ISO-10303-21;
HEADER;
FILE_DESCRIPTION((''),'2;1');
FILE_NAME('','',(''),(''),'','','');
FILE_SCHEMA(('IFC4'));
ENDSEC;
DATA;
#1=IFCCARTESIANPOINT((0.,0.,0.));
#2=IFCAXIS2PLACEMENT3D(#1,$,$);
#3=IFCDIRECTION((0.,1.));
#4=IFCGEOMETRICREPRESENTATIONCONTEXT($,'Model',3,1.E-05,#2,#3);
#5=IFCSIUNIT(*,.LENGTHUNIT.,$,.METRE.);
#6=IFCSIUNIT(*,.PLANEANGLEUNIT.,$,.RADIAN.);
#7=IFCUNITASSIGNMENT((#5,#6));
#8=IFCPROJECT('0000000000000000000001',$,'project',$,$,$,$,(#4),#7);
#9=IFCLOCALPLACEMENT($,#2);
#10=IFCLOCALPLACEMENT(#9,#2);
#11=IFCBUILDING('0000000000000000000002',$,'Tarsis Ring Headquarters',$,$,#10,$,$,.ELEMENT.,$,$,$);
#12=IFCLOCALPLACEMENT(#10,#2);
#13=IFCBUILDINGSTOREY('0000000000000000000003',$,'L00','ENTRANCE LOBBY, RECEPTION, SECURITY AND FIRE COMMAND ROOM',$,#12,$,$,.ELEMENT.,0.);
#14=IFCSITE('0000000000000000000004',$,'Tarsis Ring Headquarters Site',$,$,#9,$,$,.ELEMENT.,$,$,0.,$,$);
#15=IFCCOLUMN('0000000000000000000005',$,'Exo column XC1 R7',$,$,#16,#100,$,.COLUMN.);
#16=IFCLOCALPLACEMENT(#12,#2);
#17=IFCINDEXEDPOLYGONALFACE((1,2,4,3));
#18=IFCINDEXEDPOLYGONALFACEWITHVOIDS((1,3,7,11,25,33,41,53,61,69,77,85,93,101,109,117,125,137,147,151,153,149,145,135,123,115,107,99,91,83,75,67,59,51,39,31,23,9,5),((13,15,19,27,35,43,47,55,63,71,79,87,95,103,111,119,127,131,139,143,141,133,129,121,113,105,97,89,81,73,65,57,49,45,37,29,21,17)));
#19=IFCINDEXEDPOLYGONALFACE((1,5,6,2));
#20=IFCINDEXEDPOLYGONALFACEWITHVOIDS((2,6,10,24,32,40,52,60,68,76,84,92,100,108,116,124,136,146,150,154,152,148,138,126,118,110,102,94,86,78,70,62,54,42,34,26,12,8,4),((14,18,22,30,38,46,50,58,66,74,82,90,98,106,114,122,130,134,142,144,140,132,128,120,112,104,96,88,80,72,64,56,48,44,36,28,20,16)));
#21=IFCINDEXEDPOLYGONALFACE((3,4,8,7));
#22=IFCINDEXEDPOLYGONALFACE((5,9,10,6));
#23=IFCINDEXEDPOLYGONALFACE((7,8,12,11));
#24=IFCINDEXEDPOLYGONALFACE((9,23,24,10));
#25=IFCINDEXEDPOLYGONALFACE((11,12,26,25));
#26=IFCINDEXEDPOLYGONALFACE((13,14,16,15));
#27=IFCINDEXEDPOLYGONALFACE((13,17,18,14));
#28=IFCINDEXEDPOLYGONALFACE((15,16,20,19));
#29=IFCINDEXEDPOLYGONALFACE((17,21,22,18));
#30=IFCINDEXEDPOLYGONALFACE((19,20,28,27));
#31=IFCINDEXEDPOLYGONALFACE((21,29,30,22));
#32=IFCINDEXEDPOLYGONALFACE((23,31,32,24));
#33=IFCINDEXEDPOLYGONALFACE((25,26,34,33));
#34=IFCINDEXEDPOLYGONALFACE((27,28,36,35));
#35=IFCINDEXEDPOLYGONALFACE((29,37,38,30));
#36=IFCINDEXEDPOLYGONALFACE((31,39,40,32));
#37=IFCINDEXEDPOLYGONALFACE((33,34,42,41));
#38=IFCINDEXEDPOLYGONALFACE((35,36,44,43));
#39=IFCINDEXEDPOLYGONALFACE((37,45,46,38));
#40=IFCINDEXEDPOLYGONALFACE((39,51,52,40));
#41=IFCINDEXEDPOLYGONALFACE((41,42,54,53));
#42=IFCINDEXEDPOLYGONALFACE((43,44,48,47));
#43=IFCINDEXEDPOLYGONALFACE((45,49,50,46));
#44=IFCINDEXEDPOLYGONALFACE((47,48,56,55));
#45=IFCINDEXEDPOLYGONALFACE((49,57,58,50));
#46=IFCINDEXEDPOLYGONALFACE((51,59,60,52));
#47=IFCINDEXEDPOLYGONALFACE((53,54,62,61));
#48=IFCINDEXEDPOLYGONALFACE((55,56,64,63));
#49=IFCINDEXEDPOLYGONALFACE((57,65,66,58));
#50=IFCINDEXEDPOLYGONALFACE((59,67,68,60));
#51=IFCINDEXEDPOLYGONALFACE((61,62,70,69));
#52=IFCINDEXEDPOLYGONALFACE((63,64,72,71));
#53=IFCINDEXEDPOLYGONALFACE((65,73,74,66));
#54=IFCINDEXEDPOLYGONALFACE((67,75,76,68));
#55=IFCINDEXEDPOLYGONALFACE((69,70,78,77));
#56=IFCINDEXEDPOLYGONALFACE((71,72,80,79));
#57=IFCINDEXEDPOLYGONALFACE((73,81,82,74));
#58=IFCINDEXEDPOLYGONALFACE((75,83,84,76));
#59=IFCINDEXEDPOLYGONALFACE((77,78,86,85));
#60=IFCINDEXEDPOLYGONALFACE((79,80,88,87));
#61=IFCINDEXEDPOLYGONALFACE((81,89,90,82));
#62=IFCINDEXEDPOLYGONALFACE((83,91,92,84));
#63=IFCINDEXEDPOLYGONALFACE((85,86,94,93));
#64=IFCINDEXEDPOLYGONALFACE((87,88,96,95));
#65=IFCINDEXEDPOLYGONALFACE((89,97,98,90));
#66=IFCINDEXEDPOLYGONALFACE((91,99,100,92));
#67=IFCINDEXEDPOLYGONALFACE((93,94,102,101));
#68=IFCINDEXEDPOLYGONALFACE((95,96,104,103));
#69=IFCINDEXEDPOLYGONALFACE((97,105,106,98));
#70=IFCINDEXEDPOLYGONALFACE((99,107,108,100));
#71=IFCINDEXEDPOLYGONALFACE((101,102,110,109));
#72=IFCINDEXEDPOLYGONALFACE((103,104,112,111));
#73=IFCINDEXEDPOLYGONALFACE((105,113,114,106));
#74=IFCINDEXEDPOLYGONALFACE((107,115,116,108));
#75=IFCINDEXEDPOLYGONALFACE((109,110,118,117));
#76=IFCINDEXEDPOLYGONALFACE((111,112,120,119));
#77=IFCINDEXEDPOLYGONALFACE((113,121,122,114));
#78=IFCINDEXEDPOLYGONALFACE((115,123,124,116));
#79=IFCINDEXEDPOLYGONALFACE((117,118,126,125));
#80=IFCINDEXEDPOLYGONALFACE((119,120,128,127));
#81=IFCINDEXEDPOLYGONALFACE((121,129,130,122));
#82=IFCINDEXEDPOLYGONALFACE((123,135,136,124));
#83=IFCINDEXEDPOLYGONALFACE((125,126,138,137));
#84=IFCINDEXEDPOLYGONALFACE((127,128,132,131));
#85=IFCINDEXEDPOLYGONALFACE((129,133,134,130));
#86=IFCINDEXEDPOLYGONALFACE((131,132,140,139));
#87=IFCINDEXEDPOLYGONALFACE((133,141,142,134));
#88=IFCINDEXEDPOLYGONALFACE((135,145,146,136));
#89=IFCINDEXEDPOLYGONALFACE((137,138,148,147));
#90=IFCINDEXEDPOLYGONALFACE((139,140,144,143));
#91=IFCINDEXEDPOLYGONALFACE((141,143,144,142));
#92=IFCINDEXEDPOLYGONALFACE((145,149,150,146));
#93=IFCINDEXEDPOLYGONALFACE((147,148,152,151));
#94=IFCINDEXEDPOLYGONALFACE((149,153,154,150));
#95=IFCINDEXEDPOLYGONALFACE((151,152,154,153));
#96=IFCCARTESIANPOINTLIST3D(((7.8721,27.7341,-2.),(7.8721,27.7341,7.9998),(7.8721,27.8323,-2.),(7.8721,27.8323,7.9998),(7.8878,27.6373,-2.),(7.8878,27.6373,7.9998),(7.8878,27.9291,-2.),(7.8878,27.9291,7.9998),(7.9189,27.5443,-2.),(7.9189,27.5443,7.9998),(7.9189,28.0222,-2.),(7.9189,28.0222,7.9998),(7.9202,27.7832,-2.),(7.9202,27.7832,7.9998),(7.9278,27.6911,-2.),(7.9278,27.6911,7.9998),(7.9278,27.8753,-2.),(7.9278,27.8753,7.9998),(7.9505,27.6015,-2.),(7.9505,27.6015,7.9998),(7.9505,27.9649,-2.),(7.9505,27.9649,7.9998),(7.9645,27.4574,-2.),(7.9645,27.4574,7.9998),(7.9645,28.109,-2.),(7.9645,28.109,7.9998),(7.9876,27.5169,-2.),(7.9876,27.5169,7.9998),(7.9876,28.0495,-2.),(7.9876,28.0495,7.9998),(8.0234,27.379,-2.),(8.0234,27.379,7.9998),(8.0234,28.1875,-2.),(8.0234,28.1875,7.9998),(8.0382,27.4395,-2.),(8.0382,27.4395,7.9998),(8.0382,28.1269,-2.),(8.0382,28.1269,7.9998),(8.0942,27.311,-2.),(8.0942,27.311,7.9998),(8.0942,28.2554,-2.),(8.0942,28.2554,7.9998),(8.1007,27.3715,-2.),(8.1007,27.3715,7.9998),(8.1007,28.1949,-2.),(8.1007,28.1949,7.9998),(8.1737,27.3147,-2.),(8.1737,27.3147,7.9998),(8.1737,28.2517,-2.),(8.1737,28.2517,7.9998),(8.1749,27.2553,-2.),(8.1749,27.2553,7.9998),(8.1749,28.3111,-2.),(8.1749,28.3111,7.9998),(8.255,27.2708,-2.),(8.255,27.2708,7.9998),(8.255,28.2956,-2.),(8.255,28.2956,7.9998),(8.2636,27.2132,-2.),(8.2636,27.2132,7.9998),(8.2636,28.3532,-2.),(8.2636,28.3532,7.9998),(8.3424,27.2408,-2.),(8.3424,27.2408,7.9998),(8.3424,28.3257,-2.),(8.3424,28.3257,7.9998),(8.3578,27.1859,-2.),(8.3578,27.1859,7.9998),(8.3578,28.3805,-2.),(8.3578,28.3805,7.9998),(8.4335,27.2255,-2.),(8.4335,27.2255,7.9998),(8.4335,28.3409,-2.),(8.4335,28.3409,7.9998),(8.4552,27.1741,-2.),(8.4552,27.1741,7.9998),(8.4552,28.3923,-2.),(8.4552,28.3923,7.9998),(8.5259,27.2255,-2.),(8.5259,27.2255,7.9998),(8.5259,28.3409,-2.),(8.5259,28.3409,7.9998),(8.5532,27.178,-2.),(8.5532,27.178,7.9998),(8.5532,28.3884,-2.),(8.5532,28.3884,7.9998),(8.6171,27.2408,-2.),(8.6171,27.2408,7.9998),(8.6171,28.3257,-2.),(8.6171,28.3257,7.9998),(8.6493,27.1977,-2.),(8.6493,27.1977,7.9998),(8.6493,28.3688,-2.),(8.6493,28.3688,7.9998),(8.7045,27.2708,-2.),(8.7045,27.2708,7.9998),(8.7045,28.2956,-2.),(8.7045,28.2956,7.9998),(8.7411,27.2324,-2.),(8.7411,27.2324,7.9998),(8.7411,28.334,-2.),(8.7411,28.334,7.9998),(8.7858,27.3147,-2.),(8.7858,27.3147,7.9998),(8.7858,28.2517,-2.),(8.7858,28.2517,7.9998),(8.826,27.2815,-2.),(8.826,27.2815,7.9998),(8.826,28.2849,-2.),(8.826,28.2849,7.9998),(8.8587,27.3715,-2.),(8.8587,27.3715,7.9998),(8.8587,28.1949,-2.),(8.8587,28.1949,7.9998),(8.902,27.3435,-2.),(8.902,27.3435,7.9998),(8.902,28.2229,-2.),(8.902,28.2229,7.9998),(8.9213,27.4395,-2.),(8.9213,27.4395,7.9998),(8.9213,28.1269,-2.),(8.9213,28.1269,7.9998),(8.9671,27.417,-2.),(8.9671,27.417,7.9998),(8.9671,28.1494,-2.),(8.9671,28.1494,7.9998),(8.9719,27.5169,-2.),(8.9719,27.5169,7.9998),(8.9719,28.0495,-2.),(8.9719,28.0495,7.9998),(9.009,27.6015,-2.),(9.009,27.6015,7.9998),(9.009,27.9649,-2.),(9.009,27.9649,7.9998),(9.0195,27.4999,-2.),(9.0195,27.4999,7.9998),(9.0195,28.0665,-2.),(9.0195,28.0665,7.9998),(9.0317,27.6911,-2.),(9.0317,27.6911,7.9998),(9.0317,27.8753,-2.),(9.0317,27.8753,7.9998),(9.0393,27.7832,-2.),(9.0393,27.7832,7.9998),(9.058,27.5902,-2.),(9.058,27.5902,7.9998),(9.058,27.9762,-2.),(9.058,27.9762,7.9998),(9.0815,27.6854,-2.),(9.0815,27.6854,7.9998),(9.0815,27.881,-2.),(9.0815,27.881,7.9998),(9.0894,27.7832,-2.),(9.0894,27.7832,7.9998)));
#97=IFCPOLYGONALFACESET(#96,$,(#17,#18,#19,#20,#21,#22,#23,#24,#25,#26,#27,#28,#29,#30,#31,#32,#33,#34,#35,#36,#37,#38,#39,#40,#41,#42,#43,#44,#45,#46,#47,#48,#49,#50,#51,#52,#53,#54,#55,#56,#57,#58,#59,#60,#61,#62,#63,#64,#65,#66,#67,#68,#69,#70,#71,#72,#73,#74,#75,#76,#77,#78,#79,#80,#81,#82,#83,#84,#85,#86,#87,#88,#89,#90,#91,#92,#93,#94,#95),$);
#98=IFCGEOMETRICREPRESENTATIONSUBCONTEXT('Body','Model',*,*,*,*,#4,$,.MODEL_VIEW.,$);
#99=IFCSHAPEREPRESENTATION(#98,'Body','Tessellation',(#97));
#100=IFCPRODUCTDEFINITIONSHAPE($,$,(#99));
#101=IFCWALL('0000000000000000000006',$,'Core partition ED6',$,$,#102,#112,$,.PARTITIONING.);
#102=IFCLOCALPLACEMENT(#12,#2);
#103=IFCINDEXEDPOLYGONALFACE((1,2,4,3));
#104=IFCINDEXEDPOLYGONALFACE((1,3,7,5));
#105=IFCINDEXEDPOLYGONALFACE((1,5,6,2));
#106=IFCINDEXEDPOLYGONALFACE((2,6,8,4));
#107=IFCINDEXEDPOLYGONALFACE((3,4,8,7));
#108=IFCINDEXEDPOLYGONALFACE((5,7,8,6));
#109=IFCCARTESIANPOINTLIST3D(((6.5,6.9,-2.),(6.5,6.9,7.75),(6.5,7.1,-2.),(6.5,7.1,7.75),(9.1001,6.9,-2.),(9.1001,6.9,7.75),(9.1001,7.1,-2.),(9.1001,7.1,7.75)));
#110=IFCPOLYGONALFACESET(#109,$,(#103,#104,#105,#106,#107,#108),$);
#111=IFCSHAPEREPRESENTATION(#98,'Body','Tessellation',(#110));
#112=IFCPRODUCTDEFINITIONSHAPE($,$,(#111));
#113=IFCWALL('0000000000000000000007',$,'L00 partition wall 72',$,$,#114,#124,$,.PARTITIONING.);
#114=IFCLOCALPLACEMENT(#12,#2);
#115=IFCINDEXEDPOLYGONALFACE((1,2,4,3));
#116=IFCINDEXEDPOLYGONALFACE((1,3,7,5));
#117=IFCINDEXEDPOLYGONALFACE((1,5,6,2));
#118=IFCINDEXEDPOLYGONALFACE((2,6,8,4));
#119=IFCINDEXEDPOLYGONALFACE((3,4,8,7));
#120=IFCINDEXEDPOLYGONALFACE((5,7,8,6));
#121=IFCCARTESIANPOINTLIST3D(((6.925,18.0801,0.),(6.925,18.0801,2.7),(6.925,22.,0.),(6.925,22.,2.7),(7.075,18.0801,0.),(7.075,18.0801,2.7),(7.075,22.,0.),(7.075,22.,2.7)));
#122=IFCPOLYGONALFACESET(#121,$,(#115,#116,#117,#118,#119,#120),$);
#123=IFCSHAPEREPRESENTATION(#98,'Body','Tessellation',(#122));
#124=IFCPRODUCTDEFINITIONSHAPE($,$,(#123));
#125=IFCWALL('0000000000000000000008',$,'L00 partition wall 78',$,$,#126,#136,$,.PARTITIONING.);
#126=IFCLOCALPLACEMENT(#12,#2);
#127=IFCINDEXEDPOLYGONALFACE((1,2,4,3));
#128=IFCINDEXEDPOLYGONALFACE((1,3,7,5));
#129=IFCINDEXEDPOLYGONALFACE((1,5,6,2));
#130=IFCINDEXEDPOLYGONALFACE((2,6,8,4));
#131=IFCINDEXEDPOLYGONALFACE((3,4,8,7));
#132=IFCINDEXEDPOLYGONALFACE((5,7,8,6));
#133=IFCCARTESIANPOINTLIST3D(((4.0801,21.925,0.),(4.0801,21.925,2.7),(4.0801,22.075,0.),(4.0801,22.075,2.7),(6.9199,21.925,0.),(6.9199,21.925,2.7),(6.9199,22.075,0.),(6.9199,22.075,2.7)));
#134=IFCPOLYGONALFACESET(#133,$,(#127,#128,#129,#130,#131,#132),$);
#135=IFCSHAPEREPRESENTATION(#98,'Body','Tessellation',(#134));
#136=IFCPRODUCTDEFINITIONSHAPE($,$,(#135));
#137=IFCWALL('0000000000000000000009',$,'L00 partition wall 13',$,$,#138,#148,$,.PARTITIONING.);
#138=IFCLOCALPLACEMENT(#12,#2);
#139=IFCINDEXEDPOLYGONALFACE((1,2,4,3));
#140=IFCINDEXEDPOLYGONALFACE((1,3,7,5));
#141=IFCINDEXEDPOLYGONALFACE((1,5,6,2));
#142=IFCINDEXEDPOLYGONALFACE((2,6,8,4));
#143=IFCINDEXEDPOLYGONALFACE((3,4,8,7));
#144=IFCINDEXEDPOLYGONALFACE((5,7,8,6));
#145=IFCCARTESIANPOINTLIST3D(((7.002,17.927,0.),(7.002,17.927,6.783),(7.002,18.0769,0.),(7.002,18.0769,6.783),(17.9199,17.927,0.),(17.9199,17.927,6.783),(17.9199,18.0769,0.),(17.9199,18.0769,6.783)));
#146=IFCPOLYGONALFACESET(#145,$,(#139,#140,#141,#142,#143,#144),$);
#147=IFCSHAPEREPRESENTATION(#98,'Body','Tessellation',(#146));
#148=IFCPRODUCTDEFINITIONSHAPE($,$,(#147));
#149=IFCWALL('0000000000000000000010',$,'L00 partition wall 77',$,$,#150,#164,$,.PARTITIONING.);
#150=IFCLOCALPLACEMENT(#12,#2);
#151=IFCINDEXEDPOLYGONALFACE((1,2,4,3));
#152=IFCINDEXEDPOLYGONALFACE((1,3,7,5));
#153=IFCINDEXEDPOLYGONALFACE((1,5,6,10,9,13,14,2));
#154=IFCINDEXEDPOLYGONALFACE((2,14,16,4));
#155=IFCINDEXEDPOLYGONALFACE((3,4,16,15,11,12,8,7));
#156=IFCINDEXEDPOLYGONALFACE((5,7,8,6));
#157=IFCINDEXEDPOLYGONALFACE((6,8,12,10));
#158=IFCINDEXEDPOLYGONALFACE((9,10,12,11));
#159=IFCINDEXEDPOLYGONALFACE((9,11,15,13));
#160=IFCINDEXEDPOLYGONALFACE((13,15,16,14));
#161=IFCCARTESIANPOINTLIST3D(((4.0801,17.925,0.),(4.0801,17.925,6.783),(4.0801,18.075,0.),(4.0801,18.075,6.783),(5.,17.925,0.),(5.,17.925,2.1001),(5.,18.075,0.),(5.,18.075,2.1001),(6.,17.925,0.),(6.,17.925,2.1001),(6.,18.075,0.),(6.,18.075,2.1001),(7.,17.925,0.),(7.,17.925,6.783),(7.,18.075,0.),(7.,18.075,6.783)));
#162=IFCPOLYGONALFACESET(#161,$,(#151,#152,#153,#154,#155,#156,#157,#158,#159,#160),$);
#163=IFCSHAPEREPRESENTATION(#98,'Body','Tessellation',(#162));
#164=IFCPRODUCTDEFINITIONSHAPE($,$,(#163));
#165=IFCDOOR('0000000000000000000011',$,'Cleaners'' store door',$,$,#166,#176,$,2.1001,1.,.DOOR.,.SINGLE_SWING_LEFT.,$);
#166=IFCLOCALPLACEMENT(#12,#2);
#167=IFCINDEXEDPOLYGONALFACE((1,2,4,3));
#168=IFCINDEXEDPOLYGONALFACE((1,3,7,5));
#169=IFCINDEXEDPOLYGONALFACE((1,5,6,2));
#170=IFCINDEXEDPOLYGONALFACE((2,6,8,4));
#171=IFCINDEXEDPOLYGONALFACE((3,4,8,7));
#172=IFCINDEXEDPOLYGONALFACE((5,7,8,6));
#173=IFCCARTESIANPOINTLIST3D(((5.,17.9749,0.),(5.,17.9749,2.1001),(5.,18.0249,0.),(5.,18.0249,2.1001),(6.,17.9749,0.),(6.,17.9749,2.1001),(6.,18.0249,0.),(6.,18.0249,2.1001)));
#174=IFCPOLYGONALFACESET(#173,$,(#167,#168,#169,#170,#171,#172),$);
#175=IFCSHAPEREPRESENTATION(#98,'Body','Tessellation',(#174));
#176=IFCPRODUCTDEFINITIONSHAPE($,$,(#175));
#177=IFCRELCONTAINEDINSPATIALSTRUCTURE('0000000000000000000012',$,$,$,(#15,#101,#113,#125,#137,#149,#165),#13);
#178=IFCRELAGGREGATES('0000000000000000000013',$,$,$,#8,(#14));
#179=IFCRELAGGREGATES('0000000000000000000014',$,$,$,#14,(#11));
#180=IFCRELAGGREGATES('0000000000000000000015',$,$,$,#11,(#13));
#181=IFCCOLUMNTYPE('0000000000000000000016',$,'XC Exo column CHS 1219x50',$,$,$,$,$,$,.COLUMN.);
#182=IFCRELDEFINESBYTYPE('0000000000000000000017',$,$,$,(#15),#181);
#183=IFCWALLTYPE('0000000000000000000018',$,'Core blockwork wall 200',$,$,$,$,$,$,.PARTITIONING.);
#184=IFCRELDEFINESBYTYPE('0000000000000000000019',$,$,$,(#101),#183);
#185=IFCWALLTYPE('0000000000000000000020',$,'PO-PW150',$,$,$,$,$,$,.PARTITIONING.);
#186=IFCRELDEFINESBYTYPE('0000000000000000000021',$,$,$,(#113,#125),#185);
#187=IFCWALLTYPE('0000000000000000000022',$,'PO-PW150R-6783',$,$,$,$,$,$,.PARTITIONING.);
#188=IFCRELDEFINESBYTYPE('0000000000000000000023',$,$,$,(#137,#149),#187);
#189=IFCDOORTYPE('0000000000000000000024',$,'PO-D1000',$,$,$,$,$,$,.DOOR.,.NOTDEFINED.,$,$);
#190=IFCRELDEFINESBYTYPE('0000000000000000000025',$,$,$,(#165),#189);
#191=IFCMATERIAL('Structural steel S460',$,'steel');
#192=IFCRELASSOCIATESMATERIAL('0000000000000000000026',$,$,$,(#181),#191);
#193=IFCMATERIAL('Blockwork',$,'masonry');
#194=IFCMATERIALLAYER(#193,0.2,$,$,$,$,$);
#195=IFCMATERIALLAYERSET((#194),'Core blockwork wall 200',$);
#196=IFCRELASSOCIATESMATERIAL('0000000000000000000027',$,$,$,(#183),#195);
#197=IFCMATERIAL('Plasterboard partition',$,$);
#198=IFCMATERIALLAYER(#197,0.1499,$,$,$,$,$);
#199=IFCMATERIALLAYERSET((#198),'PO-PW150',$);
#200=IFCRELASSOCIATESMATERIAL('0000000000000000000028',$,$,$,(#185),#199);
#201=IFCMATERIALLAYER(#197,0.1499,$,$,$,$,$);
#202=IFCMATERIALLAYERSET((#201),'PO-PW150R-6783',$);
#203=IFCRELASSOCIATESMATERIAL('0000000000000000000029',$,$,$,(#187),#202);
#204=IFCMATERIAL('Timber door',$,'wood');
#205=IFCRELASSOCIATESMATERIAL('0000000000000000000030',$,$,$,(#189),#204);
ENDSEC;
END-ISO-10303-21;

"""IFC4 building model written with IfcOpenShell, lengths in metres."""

from ifc_helpers import new_model, si_unit, direction, frame, frame_2d, origin, origin_2d, place, context, subcontext, project, spatial, rectangle, hollow_circle, extrude, material, layer, layer_set, material_profile, profile_set, type_object, element, fill, save


model = new_model("IFC4")

# Units and contexts
model_context = context("Model", 3, precision=1e-05, world=origin(), true_north=direction((0.0, 1.0)))
body_context = subcontext(model_context, "Body", "Model", "MODEL_VIEW")
ifc_project = project(units=[si_unit("LENGTHUNIT", "METRE"), si_unit("PLANEANGLEUNIT", "RADIAN")], contexts=[model_context])

# Site, building, storey
site_placement = place(None, origin())
site = spatial("IfcSite", under=ifc_project, at=site_placement, Name="Tarsis Ring Headquarters Site", CompositionType="ELEMENT", RefElevation=0.0)
building_placement = place(site_placement, origin())
building = spatial("IfcBuilding", under=site, at=building_placement, Name="Tarsis Ring Headquarters", CompositionType="ELEMENT")
storey_placement = place(building_placement, origin())
storey = spatial("IfcBuildingStorey", under=building, at=storey_placement, Name="L00", Description="ENTRANCE LOBBY, RECEPTION, SECURITY AND FIRE COMMAND ROOM", CompositionType="ELEMENT", Elevation=0.0)

# Column
ifc_material_1 = material(Name="Structural steel S460", Category="steel")
ifc_material_profile_1 = material_profile(ifc_material_1, hollow_circle(Radius=0.6096, WallThickness=0.05, at=origin_2d()), Name="CHS 1219x50")
ifc_profile_set_1 = profile_set([ifc_material_profile_1], Name="Structural steel S460")
column_type_1 = type_object("IfcColumnType", Name="XC Exo column CHS 1219x50", PredefinedType="COLUMN", material=ifc_profile_set_1)
column_1_placement = place(storey_placement, frame((8.4797, 27.7832, -2.0), z_axis=(0.0, 0.0, 1.0), x_axis=(1.0, 0.0, 0.0)))
element("IfcColumn", 1, at=column_1_placement, inside=storey, type_object=column_type_1, Name="Exo column XC1 R7", PredefinedType="COLUMN", context=body_context, shape_type="SweptSolid", body=[
    extrude(hollow_circle(Radius=0.6096, WallThickness=0.05, at=origin_2d()), origin(), (0.0, 0.0, 1.0), 9.9998),
])

# Walls
ifc_material_2 = material(Name="Blockwork", Category="masonry")
ifc_layer_1 = layer(ifc_material_2, 0.2)
ifc_layer_set_1 = layer_set([ifc_layer_1], Name="Core blockwork wall 200")
wall_type_1 = type_object("IfcWallType", Name="Core blockwork wall 200", PredefinedType="PARTITIONING", material=ifc_layer_set_1)
wall_1_placement = place(storey_placement, frame((6.5, 7.0, -2.0), z_axis=(0.0, 0.0, 1.0), x_axis=(1.0, 0.0, 0.0)))
element("IfcWall", 2, at=wall_1_placement, inside=storey, type_object=wall_type_1, Name="Core partition ED6", PredefinedType="PARTITIONING", context=body_context, shape_type="SweptSolid", body=[
    extrude(rectangle(XDim=2.6001, YDim=0.2, at=frame_2d((1.3, 0.0))), origin(), (0.0, 0.0, 1.0), 9.75),
])
ifc_material_3 = material(Name="Plasterboard partition")
ifc_layer_2 = layer(ifc_material_3, 0.1499)
ifc_layer_set_2 = layer_set([ifc_layer_2], Name="PO-PW150")
wall_type_2 = type_object("IfcWallType", Name="PO-PW150", PredefinedType="PARTITIONING", material=ifc_layer_set_2)
wall_2_placement = place(storey_placement, frame((7.0, 18.0801, 0.0), z_axis=(0.0, 0.0, 1.0), x_axis=(0.0, 1.0, 0.0)))
element("IfcWall", 3, at=wall_2_placement, inside=storey, type_object=wall_type_2, Name="L00 partition wall 72", PredefinedType="PARTITIONING", context=body_context, shape_type="SweptSolid", body=[
    extrude(rectangle(XDim=3.9199, YDim=0.1499, at=frame_2d((1.96, 0.0))), origin(), (0.0, 0.0, 1.0), 2.7),
])
wall_3_placement = place(storey_placement, frame((6.9199, 22.0, 0.0), z_axis=(0.0, 0.0, 1.0), x_axis=(-1.0, 0.0, 0.0)))
element("IfcWall", 4, at=wall_3_placement, inside=storey, type_object=wall_type_2, Name="L00 partition wall 78", PredefinedType="PARTITIONING", context=body_context, shape_type="SweptSolid", body=[
    extrude(rectangle(XDim=2.8398, YDim=0.1499, at=frame_2d((1.4199, 0.0))), origin(), (0.0, 0.0, 1.0), 2.7),
])
ifc_layer_3 = layer(ifc_material_3, 0.1499)
ifc_layer_set_3 = layer_set([ifc_layer_3], Name="PO-PW150R-6783")
wall_type_3 = type_object("IfcWallType", Name="PO-PW150R-6783", PredefinedType="PARTITIONING", material=ifc_layer_set_3)
wall_4_placement = place(storey_placement, frame((7.002, 18.002, 0.0), z_axis=(0.0, 0.0, 1.0), x_axis=(1.0, 0.0, 0.0)))
element("IfcWall", 5, at=wall_4_placement, inside=storey, type_object=wall_type_3, Name="L00 partition wall 13", PredefinedType="PARTITIONING", context=body_context, shape_type="SweptSolid", body=[
    extrude(rectangle(XDim=10.918, YDim=0.1499, at=frame_2d((5.459, 0.0))), origin(), (0.0, 0.0, 1.0), 6.783),
])

# Wall, opening, door
wall_5_placement = place(storey_placement, frame((4.0801, 18.0, 0.0), z_axis=(0.0, 0.0, 1.0), x_axis=(1.0, 0.0, 0.0)))
wall_5 = element("IfcWall", 6, at=wall_5_placement, inside=storey, type_object=wall_type_3, Name="L00 partition wall 77", PredefinedType="PARTITIONING", context=body_context, shape_type="SweptSolid", body=[
    extrude(rectangle(XDim=2.9199, YDim=0.1499, at=frame_2d((1.46, 0.0))), origin(), (0.0, 0.0, 1.0), 6.783),
])
opening_1_placement = place(wall_5_placement, frame((0.9199, 0.0, 0.0)))
opening_1 = element("IfcOpeningElement", 7, at=opening_1_placement, cuts=wall_5, PredefinedType="OPENING", context=body_context, shape_type="SweptSolid", body=[
    extrude(rectangle(XDim=1.0, YDim=2.1001, at=frame_2d((0.5, 1.05))), frame((0.0, 0.085, 0.0), z_axis=(0.0, -1.0, 0.0), x_axis=(1.0, 0.0, 0.0)), (0.0, 0.0, 1.0), 0.1699),
])
ifc_material_4 = material(Name="Timber door", Category="wood")
door_type = type_object("IfcDoorType", Name="PO-D1000", OperationType="NOTDEFINED", PredefinedType="DOOR", material=ifc_material_4)
door_placement = place(opening_1_placement, origin())
door = element("IfcDoor", 8, at=door_placement, inside=storey, type_object=door_type, Name="Cleaners' store door", OperationType="SINGLE_SWING_LEFT", OverallHeight=2.1001, OverallWidth=1.0, PredefinedType="DOOR", context=body_context, shape_type="SweptSolid", body=[
    extrude(rectangle(XDim=1.0, YDim=2.1001, at=frame_2d((0.5, 1.05))), frame((0.0, 0.0249, 0.0), z_axis=(0.0, -1.0, 0.0), x_axis=(1.0, 0.0, 0.0)), (0.0, 0.0, 1.0), 0.05),
])
fill(opening_1, door)

save(model, "model.ifc")
